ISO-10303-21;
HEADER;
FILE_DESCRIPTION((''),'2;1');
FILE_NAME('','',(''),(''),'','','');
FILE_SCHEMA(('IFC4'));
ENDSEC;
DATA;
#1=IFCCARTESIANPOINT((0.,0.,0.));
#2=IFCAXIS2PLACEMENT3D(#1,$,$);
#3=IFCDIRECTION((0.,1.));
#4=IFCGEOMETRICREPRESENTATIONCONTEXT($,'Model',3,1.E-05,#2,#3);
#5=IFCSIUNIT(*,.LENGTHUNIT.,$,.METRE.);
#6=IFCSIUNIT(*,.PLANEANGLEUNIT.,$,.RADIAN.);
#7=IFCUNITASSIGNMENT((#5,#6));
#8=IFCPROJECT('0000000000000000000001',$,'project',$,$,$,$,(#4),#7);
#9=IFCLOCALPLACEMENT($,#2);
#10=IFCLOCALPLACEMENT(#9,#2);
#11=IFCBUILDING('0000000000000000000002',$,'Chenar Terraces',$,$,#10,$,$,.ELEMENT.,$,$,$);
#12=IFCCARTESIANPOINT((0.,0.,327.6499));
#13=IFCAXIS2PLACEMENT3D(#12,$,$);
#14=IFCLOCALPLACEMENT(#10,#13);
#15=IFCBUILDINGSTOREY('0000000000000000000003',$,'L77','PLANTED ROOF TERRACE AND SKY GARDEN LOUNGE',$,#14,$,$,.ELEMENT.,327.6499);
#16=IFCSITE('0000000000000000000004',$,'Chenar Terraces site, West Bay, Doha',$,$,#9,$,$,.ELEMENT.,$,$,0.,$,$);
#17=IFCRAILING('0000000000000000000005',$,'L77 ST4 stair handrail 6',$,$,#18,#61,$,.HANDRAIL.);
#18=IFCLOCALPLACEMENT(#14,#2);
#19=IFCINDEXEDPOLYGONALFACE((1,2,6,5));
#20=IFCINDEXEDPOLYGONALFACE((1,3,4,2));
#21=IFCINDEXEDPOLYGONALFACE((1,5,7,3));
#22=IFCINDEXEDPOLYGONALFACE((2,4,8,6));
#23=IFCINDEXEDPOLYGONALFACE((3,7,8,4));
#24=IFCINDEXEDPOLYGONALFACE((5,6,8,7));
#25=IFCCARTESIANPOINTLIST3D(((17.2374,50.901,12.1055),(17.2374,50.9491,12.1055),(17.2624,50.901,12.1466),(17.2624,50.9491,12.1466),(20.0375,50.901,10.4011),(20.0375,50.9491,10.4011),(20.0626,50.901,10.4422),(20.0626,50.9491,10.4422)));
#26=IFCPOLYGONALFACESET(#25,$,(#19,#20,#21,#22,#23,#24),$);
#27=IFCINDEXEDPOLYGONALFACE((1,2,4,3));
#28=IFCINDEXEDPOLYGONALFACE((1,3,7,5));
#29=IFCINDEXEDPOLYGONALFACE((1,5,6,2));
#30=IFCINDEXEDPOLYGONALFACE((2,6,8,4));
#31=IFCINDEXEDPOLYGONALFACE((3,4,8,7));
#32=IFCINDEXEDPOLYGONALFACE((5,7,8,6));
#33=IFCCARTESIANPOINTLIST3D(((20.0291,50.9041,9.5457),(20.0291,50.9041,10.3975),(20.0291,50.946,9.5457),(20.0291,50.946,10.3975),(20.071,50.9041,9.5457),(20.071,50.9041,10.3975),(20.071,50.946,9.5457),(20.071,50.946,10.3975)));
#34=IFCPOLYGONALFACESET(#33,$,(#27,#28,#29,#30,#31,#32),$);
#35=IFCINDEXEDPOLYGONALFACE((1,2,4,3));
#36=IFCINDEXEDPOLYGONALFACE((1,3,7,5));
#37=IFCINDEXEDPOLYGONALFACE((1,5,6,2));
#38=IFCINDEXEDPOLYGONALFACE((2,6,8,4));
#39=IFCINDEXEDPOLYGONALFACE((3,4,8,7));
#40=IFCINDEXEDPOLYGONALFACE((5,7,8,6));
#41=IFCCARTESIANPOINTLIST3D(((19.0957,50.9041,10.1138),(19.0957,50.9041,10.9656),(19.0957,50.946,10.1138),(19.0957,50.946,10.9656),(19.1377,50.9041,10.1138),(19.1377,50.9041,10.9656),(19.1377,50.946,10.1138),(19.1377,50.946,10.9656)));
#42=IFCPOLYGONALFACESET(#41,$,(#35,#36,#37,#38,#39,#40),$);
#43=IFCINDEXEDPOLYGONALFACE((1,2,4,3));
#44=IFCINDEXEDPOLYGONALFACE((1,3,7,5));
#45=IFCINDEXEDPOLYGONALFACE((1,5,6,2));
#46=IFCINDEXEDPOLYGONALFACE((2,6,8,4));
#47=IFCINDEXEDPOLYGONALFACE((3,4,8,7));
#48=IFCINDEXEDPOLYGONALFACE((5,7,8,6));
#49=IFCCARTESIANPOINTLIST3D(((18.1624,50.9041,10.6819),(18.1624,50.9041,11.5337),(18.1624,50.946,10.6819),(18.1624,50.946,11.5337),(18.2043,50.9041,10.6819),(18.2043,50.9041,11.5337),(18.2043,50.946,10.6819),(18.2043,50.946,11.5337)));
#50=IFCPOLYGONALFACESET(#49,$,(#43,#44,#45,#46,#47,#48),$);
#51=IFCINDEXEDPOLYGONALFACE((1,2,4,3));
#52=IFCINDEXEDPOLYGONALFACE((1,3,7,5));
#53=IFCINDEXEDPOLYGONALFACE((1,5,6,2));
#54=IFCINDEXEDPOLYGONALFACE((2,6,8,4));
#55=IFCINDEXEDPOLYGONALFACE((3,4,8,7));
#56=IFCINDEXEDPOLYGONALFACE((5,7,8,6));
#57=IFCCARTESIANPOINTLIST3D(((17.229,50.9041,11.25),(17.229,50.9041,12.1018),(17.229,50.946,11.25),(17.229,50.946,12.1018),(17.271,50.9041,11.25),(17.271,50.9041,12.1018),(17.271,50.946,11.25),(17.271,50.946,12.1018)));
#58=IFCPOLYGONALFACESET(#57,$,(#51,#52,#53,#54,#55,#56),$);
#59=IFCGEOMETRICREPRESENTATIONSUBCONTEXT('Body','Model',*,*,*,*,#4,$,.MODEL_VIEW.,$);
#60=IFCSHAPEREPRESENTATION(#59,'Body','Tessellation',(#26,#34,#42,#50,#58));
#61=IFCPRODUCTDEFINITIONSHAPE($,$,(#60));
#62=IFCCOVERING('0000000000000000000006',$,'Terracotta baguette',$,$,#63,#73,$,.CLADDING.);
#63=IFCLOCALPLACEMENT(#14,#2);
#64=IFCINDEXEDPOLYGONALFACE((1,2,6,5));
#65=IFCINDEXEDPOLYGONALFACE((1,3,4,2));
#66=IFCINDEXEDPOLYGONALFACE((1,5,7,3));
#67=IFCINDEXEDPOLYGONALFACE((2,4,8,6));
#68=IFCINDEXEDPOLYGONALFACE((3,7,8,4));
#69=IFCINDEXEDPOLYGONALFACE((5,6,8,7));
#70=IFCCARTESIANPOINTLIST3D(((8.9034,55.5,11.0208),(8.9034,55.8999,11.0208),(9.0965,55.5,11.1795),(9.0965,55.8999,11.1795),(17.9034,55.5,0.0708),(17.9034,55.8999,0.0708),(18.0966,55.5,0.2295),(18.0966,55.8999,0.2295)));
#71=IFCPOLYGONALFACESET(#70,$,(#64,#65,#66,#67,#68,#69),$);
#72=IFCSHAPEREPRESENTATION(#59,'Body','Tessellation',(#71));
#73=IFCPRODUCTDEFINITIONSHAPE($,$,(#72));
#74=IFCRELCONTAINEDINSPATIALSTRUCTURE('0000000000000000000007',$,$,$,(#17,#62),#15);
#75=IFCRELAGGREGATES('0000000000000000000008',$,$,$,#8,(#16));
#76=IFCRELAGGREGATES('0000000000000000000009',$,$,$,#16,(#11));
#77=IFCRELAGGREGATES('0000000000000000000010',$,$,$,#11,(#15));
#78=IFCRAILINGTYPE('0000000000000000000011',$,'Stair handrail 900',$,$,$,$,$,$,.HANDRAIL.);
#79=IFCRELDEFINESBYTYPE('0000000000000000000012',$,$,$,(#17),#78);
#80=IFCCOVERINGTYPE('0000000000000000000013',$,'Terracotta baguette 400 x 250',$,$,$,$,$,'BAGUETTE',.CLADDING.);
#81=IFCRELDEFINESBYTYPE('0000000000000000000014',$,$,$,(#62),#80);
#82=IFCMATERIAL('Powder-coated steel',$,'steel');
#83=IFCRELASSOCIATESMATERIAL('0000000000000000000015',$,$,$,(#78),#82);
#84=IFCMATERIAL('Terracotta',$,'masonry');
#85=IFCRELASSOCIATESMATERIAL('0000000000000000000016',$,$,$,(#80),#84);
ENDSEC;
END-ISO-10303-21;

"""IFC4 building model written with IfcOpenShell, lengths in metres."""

from ifc_helpers import new_model, si_unit, direction, frame, origin, origin_2d, place, context, subcontext, project, spatial, rectangle, extrude, material, material_profile, profile_set, type_object, element, save


model = new_model("IFC4")

# Units and contexts
model_context = context("Model", 3, precision=1e-05, world=origin(), true_north=direction((0.0, 1.0)))
body_context = subcontext(model_context, "Body", "Model", "MODEL_VIEW")
ifc_project = project(units=[si_unit("LENGTHUNIT", "METRE"), si_unit("PLANEANGLEUNIT", "RADIAN")], contexts=[model_context])

# Site, building, storey
site_placement = place(None, origin())
site = spatial("IfcSite", under=ifc_project, at=site_placement, Name="Chenar Terraces site, West Bay, Doha", CompositionType="ELEMENT", RefElevation=0.0)
building_placement = place(site_placement, origin())
building = spatial("IfcBuilding", under=site, at=building_placement, Name="Chenar Terraces", CompositionType="ELEMENT")
storey_placement = place(building_placement, frame((0.0, 0.0, 327.6499)))
storey = spatial("IfcBuildingStorey", under=building, at=storey_placement, Name="L77", Description="PLANTED ROOF TERRACE AND SKY GARDEN LOUNGE", CompositionType="ELEMENT", Elevation=327.6499)

# Railing
ifc_material_1 = material(Name="Powder-coated steel", Category="steel")
railing_type_1 = type_object("IfcRailingType", Name="Stair handrail 900", PredefinedType="HANDRAIL", material=ifc_material_1)
for number, where, name in (
    (1, (20.05, 50.925, 9.5457), "L77 ST4 stair handrail 6"),
):
    element("IfcRailing", number, at=place(storey_placement, frame(where)), inside=storey, type_object=railing_type_1, Name=name, PredefinedType="HANDRAIL", context=body_context, shape_type="SweptSolid", body=[
        extrude(rectangle(XDim=0.0481, YDim=0.0481, at=origin_2d()), frame((0.0, 0.0, 0.876), z_axis=(-0.854203, 0.0, 0.51994), x_axis=(0.0, -1.0, 0.0)), (0.0, 0.0, 1.0), 3.2781),
        extrude(rectangle(XDim=0.042, YDim=0.042, at=origin_2d()), origin(), (0.0, 0.0, 1.0), 0.8518),
        extrude(rectangle(XDim=0.042, YDim=0.042, at=origin_2d()), frame((-0.9333, 0.0, 0.5681)), (0.0, 0.0, 1.0), 0.8518),
        extrude(rectangle(XDim=0.042, YDim=0.042, at=origin_2d()), frame((-1.8667, 0.0, 1.1362)), (0.0, 0.0, 1.0), 0.8518),
        extrude(rectangle(XDim=0.042, YDim=0.042, at=origin_2d()), frame((-2.8, 0.0, 1.7043)), (0.0, 0.0, 1.0), 0.8518),
    ])

# Covering
ifc_material_2 = material(Name="Terracotta", Category="masonry")
ifc_material_profile_1 = material_profile(ifc_material_2, rectangle(XDim=0.3999, YDim=0.25, at=origin_2d()), Name="Terracotta baguette 400 x 250")
ifc_profile_set_1 = profile_set([ifc_material_profile_1], Name="Terracotta")
covering_type = type_object("IfcCoveringType", Name="Terracotta baguette 400 x 250", ElementType="BAGUETTE", PredefinedType="CLADDING", material=ifc_profile_set_1)
covering_placement = place(storey_placement, frame((18.0, 55.7, 0.1501), z_axis=(-0.634967, 0.0, 0.772539), x_axis=(0.0, -1.0, 0.0)))
element("IfcCovering", 2, at=covering_placement, inside=storey, type_object=covering_type, Name="Terracotta baguette", PredefinedType="CLADDING", context=body_context, shape_type="SweptSolid", body=[
    extrude(rectangle(XDim=0.3999, YDim=0.25, at=origin_2d()), origin(), (0.0, 0.0, 1.0), 14.1741),
])

save(model, "model.ifc")
